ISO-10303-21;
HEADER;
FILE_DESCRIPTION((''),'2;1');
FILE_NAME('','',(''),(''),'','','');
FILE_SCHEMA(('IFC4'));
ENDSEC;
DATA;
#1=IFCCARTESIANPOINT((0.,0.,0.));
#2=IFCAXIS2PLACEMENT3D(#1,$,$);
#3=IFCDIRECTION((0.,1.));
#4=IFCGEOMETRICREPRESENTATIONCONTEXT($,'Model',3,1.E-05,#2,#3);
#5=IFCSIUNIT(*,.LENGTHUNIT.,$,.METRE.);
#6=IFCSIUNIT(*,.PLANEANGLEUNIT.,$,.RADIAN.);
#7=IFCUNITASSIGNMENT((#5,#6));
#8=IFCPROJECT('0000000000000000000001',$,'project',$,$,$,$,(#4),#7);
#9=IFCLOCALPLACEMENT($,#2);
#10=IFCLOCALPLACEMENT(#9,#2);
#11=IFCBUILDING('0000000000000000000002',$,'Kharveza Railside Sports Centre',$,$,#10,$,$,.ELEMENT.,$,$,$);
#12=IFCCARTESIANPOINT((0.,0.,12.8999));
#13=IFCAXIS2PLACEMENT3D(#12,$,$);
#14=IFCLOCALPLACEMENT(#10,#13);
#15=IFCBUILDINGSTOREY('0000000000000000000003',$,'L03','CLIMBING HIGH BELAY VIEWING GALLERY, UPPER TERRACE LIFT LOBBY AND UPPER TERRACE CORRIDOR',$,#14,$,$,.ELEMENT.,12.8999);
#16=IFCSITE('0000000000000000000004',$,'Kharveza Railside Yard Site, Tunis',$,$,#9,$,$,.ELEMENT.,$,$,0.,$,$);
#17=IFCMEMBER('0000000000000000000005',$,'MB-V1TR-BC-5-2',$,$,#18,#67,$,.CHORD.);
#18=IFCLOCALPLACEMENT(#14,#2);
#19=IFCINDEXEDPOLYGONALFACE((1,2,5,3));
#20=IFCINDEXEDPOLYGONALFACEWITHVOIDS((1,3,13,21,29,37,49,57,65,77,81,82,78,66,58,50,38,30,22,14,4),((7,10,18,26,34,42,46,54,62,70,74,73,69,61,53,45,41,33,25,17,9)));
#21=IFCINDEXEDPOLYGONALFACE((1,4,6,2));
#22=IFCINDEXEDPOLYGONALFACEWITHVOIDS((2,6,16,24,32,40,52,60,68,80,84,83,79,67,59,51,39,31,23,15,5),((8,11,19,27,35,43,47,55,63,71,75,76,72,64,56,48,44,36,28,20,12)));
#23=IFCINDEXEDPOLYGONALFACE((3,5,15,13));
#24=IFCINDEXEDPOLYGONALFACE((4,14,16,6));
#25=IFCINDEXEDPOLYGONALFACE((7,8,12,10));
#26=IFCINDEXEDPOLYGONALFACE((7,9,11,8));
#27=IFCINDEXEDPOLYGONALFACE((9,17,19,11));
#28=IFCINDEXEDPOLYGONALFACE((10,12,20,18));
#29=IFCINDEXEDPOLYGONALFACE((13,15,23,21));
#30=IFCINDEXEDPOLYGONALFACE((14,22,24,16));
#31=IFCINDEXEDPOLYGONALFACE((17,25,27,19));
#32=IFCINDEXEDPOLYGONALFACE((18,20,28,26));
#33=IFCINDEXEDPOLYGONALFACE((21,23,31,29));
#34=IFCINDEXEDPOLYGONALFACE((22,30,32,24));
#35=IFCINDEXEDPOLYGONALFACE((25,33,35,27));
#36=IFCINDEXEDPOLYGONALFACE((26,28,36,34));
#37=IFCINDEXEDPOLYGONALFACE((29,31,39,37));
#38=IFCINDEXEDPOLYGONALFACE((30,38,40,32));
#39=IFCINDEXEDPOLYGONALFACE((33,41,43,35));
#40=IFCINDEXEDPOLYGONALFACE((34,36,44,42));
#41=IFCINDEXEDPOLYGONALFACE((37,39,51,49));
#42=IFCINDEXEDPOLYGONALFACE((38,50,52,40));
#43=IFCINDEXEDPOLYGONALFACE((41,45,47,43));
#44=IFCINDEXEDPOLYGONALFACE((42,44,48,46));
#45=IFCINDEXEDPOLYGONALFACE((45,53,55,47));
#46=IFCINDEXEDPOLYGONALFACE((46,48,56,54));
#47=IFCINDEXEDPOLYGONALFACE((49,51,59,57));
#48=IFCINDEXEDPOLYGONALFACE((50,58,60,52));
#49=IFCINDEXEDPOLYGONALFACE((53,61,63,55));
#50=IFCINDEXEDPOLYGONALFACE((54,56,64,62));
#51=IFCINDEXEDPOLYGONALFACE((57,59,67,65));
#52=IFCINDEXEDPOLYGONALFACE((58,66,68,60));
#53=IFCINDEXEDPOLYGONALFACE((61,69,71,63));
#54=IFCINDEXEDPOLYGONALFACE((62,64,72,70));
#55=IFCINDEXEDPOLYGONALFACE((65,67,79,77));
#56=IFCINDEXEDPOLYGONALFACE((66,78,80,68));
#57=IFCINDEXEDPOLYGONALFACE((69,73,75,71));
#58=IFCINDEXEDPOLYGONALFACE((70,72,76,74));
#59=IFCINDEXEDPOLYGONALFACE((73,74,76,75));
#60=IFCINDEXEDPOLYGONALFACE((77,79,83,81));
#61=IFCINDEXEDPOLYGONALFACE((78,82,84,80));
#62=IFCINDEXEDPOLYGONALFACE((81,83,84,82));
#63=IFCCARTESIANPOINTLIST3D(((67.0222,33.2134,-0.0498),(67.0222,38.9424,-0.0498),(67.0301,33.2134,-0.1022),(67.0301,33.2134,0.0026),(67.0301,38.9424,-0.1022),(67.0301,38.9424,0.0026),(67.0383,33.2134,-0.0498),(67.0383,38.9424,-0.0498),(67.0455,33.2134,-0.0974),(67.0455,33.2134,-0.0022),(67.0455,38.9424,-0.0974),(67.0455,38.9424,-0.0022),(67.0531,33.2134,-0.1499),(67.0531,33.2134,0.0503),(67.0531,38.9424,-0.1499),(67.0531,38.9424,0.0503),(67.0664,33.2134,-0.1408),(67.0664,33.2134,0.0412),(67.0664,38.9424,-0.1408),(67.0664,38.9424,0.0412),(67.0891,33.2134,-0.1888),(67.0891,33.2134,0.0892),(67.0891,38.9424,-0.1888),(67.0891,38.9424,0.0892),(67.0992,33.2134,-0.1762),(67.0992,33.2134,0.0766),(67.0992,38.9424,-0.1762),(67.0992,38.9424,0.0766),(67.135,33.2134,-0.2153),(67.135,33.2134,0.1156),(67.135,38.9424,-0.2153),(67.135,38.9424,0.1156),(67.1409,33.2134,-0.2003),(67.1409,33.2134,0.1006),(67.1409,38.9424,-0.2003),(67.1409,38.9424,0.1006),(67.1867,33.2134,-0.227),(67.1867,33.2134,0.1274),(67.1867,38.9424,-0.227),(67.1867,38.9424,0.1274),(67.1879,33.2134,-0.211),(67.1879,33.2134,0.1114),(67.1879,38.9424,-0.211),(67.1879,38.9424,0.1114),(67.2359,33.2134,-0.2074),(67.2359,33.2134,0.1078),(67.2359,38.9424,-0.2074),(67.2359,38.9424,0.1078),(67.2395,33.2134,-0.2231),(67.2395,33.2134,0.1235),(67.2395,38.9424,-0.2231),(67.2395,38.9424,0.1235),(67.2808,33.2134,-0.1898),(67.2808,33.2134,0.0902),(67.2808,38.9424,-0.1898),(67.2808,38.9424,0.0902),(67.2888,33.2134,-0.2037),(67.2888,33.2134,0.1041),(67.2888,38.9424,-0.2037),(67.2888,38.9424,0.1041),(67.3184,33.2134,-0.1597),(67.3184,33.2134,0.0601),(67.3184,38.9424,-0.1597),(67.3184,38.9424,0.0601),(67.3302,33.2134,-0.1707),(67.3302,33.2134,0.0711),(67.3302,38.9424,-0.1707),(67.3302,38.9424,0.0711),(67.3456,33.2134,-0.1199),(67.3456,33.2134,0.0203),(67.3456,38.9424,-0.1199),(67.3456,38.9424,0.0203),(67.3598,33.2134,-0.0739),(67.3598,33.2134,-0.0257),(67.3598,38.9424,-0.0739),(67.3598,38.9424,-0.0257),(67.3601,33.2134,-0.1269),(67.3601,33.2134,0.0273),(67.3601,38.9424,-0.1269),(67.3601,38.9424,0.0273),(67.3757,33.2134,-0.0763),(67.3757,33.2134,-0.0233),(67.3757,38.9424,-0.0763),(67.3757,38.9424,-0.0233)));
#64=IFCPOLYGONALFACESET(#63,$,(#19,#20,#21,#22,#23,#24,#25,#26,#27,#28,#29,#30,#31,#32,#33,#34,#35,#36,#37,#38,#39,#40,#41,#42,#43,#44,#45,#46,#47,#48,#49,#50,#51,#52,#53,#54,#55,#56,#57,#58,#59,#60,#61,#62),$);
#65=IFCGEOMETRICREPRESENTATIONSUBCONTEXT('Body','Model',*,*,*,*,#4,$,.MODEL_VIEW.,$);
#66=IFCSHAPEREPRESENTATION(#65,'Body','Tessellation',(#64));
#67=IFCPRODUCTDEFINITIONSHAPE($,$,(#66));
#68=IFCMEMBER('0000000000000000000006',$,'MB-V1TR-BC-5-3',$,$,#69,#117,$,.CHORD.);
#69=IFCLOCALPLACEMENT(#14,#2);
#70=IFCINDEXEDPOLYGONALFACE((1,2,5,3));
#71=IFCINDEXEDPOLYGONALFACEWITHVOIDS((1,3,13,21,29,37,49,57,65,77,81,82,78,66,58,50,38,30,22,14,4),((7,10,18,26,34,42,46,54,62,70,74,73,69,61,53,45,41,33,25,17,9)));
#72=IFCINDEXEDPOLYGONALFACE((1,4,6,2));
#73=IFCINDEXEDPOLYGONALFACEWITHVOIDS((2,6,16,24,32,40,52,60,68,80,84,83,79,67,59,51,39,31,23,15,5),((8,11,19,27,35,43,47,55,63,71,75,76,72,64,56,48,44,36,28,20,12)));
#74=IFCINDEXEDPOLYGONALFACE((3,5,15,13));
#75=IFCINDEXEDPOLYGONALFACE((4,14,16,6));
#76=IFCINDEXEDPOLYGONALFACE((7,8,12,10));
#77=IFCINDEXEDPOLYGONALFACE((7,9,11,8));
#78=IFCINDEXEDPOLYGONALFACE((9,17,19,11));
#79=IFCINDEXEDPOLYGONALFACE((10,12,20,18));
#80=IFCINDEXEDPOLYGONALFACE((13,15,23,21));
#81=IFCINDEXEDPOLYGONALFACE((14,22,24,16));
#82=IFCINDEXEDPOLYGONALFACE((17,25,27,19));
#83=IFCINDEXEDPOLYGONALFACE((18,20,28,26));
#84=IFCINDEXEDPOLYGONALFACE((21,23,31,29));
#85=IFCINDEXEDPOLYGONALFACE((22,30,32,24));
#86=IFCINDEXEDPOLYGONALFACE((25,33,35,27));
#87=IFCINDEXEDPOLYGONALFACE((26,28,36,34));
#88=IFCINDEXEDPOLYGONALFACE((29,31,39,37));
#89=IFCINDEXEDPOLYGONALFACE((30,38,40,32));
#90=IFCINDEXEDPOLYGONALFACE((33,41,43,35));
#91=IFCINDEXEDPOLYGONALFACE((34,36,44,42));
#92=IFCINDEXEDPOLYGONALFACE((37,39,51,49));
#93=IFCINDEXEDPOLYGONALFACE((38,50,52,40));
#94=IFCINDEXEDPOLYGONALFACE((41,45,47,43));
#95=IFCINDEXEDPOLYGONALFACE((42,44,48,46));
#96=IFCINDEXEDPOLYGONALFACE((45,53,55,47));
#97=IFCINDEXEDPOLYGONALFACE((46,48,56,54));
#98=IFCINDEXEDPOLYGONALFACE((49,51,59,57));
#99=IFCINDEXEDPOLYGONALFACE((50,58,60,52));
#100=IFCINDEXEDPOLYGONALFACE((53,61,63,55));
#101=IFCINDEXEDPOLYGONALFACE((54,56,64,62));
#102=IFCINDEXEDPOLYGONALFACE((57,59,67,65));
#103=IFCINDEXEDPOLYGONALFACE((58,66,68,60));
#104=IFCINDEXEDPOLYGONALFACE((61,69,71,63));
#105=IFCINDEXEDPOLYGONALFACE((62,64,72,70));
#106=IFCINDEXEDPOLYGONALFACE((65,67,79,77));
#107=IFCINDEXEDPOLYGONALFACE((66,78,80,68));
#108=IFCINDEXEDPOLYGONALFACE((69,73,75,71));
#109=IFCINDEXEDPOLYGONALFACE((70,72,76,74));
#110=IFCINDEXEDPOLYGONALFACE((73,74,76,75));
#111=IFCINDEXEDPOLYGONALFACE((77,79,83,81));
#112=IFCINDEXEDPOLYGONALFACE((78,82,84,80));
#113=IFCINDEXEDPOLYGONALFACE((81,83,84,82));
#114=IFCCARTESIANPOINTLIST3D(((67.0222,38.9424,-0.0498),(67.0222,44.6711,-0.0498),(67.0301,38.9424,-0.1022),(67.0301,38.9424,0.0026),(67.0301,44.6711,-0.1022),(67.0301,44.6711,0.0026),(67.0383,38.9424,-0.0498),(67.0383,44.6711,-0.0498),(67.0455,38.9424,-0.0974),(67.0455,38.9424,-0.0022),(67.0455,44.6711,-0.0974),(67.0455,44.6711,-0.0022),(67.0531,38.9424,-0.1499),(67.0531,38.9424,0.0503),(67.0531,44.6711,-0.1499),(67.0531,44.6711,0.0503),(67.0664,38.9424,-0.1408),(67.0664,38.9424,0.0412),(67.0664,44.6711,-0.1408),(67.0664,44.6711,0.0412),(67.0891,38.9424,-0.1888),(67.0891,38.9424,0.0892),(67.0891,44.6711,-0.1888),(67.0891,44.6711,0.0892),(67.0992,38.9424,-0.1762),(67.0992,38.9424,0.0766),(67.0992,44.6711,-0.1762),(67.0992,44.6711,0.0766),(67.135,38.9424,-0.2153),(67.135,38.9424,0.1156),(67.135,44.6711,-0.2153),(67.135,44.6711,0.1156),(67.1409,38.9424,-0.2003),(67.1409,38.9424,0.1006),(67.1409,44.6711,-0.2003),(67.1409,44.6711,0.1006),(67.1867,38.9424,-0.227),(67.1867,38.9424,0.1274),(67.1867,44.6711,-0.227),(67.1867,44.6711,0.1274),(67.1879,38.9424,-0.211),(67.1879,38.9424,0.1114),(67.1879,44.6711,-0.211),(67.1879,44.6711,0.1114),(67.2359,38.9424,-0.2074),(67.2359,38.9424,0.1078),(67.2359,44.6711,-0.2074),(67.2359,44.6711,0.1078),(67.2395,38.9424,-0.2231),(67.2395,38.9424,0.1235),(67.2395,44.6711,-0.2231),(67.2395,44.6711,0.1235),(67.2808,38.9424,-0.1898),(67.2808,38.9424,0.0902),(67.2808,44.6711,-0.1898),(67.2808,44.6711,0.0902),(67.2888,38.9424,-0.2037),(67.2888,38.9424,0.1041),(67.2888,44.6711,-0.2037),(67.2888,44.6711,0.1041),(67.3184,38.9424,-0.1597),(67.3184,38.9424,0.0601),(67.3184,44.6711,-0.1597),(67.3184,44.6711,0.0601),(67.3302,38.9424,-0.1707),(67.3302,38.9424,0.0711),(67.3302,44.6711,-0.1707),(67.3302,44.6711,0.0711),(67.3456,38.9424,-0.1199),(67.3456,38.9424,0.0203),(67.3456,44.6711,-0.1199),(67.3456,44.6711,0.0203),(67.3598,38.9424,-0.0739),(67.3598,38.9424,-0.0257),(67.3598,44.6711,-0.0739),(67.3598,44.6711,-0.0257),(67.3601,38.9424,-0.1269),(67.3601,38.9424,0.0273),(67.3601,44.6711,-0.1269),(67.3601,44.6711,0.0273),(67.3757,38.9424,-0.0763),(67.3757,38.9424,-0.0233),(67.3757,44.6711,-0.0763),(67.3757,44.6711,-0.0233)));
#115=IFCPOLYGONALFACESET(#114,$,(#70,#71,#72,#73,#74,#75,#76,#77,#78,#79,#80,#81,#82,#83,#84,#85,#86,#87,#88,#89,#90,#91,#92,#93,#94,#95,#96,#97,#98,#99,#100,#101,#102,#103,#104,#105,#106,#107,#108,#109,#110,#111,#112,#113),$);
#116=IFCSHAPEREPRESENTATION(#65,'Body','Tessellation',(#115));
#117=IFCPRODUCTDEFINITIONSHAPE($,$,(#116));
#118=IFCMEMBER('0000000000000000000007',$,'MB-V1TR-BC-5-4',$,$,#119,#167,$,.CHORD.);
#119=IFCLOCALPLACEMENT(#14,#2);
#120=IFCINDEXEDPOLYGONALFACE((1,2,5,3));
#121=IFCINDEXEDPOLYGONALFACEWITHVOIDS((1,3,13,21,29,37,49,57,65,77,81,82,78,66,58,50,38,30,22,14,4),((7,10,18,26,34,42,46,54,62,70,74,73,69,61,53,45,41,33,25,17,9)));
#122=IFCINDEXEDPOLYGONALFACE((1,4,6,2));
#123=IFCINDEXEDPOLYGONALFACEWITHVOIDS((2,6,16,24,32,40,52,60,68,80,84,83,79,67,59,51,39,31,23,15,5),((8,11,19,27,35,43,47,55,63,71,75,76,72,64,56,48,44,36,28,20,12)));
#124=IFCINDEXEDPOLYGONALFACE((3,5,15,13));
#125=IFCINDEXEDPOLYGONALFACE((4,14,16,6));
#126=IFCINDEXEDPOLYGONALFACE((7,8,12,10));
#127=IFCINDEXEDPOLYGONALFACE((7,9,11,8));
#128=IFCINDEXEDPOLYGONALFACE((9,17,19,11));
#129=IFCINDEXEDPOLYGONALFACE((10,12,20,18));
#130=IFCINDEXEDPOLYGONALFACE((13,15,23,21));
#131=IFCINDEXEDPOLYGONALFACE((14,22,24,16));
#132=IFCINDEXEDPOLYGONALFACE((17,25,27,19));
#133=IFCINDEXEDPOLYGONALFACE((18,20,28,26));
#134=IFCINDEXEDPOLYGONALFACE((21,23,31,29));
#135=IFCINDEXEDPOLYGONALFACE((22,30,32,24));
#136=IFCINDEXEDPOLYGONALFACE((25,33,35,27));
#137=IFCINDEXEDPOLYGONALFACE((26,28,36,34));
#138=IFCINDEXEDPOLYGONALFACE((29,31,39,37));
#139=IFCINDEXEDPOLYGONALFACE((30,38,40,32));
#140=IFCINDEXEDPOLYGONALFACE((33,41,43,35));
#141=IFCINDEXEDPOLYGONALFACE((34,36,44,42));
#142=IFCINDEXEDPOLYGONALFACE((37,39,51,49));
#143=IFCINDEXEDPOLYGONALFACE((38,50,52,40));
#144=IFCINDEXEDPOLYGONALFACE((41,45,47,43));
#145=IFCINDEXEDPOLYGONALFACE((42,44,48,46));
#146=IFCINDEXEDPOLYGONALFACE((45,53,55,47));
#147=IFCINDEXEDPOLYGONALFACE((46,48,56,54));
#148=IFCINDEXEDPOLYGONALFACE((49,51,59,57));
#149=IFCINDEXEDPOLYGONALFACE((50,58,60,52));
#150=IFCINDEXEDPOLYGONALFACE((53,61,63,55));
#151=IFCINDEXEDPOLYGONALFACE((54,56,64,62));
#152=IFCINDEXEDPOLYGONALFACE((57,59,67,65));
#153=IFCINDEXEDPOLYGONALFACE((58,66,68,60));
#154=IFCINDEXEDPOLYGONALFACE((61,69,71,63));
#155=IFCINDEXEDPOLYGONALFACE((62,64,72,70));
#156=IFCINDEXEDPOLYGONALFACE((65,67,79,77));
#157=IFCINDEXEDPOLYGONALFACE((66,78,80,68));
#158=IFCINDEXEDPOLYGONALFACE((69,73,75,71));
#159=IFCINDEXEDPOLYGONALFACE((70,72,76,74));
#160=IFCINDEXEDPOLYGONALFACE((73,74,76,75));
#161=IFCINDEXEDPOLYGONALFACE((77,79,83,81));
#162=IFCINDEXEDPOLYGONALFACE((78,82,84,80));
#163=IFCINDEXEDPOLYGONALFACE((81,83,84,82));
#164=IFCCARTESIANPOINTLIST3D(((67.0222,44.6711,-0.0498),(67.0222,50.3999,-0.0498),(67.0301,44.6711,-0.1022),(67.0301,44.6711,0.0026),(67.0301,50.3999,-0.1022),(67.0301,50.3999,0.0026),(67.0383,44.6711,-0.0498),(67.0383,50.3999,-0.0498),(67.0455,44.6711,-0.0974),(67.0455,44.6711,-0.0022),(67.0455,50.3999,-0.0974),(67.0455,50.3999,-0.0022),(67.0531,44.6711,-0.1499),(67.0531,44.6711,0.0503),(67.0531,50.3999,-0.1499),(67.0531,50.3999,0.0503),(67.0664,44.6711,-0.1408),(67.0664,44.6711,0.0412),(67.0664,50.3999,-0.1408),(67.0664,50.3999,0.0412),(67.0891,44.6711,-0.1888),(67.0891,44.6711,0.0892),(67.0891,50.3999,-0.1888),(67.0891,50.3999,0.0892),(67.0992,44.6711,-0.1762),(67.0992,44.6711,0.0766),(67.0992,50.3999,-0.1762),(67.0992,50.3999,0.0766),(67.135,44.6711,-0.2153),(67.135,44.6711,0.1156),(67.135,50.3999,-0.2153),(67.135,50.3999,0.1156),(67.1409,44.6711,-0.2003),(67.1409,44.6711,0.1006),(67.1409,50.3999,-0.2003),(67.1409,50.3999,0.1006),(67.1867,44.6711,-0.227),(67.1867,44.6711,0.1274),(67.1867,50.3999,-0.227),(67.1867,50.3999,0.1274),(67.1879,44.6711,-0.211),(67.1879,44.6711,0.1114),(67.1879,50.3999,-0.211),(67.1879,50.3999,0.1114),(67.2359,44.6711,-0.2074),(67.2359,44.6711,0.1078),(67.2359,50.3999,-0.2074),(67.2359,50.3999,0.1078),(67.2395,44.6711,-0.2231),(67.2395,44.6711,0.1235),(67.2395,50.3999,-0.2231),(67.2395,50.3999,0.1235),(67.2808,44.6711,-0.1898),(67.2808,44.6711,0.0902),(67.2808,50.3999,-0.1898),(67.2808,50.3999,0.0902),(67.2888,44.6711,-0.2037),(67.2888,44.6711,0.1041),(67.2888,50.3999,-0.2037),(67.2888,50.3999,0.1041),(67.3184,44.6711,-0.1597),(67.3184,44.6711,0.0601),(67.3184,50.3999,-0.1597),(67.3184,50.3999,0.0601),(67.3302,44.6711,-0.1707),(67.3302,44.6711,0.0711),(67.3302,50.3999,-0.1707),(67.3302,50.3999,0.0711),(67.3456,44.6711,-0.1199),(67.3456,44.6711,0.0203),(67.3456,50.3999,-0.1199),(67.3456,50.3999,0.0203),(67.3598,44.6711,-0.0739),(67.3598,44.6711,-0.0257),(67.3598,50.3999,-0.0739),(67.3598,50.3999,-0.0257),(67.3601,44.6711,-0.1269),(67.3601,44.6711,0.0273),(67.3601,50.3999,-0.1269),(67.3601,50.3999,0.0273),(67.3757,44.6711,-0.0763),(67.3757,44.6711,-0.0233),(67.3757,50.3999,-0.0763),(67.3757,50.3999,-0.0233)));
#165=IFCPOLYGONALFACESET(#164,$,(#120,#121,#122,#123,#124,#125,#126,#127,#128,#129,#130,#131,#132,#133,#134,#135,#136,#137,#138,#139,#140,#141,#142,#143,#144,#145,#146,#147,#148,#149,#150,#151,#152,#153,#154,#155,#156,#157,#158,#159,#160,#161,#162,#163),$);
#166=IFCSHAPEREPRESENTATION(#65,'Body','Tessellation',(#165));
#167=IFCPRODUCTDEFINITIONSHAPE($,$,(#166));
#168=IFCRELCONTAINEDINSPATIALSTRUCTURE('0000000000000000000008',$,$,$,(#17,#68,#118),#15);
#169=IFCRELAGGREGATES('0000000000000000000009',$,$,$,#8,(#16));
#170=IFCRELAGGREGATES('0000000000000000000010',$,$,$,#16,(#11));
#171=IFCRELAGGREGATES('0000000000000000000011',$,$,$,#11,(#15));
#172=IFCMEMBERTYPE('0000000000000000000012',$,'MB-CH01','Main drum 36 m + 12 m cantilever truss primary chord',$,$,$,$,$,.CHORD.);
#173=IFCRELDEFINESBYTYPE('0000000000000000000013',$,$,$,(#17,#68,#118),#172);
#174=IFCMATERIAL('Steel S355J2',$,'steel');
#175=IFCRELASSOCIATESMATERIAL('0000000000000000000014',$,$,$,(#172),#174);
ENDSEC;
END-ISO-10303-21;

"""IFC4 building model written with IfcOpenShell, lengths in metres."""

from ifc_helpers import new_model, si_unit, direction, frame, origin, origin_2d, place, context, subcontext, project, spatial, hollow_circle, extrude, material, material_profile, profile_set, type_object, element, save


model = new_model("IFC4")

# Units and contexts
model_context = context("Model", 3, precision=1e-05, world=origin(), true_north=direction((0.0, 1.0)))
body_context = subcontext(model_context, "Body", "Model", "MODEL_VIEW")
ifc_project = project(units=[si_unit("LENGTHUNIT", "METRE"), si_unit("PLANEANGLEUNIT", "RADIAN")], contexts=[model_context])

# Site, building, storey
site_placement = place(None, origin())
site = spatial("IfcSite", under=ifc_project, at=site_placement, Name="Kharveza Railside Yard Site, Tunis", CompositionType="ELEMENT", RefElevation=0.0)
building_placement = place(site_placement, origin())
building = spatial("IfcBuilding", under=site, at=building_placement, Name="Kharveza Railside Sports Centre", CompositionType="ELEMENT")
storey_placement = place(building_placement, frame((0.0, 0.0, 12.8999)))
storey = spatial("IfcBuildingStorey", under=building, at=storey_placement, Name="L03", Description="CLIMBING HIGH BELAY VIEWING GALLERY, UPPER TERRACE LIFT LOBBY AND UPPER TERRACE CORRIDOR", CompositionType="ELEMENT", Elevation=12.8999)

# Members
ifc_material = material(Name="Steel S355J2", Category="steel")
ifc_material_profile_1 = material_profile(ifc_material, hollow_circle(Radius=0.1777, WallThickness=0.0161, at=origin_2d()), Name="CHS 355.6x16.0")
ifc_profile_set_1 = profile_set([ifc_material_profile_1], Name="Steel S355J2")
member_type_1 = type_object("IfcMemberType", Name="MB-CH01", Description="Main drum 36 m + 12 m cantilever truss primary chord", PredefinedType="CHORD", material=ifc_profile_set_1)
member_1_placement = place(storey_placement, frame((67.2, 33.2134, -0.0498), z_axis=(0.0, 1.0, 0.0), x_axis=(-1.0, 0.0, 0.0)))
element("IfcMember", 1, at=member_1_placement, inside=storey, type_object=member_type_1, Name="MB-V1TR-BC-5-2", PredefinedType="CHORD", context=body_context, shape_type="SweptSolid", body=[
    extrude(hollow_circle(Radius=0.1777, WallThickness=0.0161, at=origin_2d()), origin(), (0.0, 0.0, 1.0), 5.729),
])
for number, where, z_axis, x_axis, name in (
    (2, (67.2, 38.9424, -0.0498), (0.0, 1.0, 0.0), (-1.0, 0.0, 0.0), "MB-V1TR-BC-5-3"),
    (3, (67.2, 44.6711, -0.0498), (0.0, 1.0, 0.0), (-1.0, 0.0, 0.0), "MB-V1TR-BC-5-4"),
):
    element("IfcMember", number, at=place(storey_placement, frame(where, z_axis=z_axis, x_axis=x_axis)), inside=storey, type_object=member_type_1, Name=name, PredefinedType="CHORD", context=body_context, shape_type="SweptSolid", body=[
        extrude(hollow_circle(Radius=0.1777, WallThickness=0.0161, at=origin_2d()), origin(), (0.0, 0.0, 1.0), 5.7288),
    ])

save(model, "model.ifc")
